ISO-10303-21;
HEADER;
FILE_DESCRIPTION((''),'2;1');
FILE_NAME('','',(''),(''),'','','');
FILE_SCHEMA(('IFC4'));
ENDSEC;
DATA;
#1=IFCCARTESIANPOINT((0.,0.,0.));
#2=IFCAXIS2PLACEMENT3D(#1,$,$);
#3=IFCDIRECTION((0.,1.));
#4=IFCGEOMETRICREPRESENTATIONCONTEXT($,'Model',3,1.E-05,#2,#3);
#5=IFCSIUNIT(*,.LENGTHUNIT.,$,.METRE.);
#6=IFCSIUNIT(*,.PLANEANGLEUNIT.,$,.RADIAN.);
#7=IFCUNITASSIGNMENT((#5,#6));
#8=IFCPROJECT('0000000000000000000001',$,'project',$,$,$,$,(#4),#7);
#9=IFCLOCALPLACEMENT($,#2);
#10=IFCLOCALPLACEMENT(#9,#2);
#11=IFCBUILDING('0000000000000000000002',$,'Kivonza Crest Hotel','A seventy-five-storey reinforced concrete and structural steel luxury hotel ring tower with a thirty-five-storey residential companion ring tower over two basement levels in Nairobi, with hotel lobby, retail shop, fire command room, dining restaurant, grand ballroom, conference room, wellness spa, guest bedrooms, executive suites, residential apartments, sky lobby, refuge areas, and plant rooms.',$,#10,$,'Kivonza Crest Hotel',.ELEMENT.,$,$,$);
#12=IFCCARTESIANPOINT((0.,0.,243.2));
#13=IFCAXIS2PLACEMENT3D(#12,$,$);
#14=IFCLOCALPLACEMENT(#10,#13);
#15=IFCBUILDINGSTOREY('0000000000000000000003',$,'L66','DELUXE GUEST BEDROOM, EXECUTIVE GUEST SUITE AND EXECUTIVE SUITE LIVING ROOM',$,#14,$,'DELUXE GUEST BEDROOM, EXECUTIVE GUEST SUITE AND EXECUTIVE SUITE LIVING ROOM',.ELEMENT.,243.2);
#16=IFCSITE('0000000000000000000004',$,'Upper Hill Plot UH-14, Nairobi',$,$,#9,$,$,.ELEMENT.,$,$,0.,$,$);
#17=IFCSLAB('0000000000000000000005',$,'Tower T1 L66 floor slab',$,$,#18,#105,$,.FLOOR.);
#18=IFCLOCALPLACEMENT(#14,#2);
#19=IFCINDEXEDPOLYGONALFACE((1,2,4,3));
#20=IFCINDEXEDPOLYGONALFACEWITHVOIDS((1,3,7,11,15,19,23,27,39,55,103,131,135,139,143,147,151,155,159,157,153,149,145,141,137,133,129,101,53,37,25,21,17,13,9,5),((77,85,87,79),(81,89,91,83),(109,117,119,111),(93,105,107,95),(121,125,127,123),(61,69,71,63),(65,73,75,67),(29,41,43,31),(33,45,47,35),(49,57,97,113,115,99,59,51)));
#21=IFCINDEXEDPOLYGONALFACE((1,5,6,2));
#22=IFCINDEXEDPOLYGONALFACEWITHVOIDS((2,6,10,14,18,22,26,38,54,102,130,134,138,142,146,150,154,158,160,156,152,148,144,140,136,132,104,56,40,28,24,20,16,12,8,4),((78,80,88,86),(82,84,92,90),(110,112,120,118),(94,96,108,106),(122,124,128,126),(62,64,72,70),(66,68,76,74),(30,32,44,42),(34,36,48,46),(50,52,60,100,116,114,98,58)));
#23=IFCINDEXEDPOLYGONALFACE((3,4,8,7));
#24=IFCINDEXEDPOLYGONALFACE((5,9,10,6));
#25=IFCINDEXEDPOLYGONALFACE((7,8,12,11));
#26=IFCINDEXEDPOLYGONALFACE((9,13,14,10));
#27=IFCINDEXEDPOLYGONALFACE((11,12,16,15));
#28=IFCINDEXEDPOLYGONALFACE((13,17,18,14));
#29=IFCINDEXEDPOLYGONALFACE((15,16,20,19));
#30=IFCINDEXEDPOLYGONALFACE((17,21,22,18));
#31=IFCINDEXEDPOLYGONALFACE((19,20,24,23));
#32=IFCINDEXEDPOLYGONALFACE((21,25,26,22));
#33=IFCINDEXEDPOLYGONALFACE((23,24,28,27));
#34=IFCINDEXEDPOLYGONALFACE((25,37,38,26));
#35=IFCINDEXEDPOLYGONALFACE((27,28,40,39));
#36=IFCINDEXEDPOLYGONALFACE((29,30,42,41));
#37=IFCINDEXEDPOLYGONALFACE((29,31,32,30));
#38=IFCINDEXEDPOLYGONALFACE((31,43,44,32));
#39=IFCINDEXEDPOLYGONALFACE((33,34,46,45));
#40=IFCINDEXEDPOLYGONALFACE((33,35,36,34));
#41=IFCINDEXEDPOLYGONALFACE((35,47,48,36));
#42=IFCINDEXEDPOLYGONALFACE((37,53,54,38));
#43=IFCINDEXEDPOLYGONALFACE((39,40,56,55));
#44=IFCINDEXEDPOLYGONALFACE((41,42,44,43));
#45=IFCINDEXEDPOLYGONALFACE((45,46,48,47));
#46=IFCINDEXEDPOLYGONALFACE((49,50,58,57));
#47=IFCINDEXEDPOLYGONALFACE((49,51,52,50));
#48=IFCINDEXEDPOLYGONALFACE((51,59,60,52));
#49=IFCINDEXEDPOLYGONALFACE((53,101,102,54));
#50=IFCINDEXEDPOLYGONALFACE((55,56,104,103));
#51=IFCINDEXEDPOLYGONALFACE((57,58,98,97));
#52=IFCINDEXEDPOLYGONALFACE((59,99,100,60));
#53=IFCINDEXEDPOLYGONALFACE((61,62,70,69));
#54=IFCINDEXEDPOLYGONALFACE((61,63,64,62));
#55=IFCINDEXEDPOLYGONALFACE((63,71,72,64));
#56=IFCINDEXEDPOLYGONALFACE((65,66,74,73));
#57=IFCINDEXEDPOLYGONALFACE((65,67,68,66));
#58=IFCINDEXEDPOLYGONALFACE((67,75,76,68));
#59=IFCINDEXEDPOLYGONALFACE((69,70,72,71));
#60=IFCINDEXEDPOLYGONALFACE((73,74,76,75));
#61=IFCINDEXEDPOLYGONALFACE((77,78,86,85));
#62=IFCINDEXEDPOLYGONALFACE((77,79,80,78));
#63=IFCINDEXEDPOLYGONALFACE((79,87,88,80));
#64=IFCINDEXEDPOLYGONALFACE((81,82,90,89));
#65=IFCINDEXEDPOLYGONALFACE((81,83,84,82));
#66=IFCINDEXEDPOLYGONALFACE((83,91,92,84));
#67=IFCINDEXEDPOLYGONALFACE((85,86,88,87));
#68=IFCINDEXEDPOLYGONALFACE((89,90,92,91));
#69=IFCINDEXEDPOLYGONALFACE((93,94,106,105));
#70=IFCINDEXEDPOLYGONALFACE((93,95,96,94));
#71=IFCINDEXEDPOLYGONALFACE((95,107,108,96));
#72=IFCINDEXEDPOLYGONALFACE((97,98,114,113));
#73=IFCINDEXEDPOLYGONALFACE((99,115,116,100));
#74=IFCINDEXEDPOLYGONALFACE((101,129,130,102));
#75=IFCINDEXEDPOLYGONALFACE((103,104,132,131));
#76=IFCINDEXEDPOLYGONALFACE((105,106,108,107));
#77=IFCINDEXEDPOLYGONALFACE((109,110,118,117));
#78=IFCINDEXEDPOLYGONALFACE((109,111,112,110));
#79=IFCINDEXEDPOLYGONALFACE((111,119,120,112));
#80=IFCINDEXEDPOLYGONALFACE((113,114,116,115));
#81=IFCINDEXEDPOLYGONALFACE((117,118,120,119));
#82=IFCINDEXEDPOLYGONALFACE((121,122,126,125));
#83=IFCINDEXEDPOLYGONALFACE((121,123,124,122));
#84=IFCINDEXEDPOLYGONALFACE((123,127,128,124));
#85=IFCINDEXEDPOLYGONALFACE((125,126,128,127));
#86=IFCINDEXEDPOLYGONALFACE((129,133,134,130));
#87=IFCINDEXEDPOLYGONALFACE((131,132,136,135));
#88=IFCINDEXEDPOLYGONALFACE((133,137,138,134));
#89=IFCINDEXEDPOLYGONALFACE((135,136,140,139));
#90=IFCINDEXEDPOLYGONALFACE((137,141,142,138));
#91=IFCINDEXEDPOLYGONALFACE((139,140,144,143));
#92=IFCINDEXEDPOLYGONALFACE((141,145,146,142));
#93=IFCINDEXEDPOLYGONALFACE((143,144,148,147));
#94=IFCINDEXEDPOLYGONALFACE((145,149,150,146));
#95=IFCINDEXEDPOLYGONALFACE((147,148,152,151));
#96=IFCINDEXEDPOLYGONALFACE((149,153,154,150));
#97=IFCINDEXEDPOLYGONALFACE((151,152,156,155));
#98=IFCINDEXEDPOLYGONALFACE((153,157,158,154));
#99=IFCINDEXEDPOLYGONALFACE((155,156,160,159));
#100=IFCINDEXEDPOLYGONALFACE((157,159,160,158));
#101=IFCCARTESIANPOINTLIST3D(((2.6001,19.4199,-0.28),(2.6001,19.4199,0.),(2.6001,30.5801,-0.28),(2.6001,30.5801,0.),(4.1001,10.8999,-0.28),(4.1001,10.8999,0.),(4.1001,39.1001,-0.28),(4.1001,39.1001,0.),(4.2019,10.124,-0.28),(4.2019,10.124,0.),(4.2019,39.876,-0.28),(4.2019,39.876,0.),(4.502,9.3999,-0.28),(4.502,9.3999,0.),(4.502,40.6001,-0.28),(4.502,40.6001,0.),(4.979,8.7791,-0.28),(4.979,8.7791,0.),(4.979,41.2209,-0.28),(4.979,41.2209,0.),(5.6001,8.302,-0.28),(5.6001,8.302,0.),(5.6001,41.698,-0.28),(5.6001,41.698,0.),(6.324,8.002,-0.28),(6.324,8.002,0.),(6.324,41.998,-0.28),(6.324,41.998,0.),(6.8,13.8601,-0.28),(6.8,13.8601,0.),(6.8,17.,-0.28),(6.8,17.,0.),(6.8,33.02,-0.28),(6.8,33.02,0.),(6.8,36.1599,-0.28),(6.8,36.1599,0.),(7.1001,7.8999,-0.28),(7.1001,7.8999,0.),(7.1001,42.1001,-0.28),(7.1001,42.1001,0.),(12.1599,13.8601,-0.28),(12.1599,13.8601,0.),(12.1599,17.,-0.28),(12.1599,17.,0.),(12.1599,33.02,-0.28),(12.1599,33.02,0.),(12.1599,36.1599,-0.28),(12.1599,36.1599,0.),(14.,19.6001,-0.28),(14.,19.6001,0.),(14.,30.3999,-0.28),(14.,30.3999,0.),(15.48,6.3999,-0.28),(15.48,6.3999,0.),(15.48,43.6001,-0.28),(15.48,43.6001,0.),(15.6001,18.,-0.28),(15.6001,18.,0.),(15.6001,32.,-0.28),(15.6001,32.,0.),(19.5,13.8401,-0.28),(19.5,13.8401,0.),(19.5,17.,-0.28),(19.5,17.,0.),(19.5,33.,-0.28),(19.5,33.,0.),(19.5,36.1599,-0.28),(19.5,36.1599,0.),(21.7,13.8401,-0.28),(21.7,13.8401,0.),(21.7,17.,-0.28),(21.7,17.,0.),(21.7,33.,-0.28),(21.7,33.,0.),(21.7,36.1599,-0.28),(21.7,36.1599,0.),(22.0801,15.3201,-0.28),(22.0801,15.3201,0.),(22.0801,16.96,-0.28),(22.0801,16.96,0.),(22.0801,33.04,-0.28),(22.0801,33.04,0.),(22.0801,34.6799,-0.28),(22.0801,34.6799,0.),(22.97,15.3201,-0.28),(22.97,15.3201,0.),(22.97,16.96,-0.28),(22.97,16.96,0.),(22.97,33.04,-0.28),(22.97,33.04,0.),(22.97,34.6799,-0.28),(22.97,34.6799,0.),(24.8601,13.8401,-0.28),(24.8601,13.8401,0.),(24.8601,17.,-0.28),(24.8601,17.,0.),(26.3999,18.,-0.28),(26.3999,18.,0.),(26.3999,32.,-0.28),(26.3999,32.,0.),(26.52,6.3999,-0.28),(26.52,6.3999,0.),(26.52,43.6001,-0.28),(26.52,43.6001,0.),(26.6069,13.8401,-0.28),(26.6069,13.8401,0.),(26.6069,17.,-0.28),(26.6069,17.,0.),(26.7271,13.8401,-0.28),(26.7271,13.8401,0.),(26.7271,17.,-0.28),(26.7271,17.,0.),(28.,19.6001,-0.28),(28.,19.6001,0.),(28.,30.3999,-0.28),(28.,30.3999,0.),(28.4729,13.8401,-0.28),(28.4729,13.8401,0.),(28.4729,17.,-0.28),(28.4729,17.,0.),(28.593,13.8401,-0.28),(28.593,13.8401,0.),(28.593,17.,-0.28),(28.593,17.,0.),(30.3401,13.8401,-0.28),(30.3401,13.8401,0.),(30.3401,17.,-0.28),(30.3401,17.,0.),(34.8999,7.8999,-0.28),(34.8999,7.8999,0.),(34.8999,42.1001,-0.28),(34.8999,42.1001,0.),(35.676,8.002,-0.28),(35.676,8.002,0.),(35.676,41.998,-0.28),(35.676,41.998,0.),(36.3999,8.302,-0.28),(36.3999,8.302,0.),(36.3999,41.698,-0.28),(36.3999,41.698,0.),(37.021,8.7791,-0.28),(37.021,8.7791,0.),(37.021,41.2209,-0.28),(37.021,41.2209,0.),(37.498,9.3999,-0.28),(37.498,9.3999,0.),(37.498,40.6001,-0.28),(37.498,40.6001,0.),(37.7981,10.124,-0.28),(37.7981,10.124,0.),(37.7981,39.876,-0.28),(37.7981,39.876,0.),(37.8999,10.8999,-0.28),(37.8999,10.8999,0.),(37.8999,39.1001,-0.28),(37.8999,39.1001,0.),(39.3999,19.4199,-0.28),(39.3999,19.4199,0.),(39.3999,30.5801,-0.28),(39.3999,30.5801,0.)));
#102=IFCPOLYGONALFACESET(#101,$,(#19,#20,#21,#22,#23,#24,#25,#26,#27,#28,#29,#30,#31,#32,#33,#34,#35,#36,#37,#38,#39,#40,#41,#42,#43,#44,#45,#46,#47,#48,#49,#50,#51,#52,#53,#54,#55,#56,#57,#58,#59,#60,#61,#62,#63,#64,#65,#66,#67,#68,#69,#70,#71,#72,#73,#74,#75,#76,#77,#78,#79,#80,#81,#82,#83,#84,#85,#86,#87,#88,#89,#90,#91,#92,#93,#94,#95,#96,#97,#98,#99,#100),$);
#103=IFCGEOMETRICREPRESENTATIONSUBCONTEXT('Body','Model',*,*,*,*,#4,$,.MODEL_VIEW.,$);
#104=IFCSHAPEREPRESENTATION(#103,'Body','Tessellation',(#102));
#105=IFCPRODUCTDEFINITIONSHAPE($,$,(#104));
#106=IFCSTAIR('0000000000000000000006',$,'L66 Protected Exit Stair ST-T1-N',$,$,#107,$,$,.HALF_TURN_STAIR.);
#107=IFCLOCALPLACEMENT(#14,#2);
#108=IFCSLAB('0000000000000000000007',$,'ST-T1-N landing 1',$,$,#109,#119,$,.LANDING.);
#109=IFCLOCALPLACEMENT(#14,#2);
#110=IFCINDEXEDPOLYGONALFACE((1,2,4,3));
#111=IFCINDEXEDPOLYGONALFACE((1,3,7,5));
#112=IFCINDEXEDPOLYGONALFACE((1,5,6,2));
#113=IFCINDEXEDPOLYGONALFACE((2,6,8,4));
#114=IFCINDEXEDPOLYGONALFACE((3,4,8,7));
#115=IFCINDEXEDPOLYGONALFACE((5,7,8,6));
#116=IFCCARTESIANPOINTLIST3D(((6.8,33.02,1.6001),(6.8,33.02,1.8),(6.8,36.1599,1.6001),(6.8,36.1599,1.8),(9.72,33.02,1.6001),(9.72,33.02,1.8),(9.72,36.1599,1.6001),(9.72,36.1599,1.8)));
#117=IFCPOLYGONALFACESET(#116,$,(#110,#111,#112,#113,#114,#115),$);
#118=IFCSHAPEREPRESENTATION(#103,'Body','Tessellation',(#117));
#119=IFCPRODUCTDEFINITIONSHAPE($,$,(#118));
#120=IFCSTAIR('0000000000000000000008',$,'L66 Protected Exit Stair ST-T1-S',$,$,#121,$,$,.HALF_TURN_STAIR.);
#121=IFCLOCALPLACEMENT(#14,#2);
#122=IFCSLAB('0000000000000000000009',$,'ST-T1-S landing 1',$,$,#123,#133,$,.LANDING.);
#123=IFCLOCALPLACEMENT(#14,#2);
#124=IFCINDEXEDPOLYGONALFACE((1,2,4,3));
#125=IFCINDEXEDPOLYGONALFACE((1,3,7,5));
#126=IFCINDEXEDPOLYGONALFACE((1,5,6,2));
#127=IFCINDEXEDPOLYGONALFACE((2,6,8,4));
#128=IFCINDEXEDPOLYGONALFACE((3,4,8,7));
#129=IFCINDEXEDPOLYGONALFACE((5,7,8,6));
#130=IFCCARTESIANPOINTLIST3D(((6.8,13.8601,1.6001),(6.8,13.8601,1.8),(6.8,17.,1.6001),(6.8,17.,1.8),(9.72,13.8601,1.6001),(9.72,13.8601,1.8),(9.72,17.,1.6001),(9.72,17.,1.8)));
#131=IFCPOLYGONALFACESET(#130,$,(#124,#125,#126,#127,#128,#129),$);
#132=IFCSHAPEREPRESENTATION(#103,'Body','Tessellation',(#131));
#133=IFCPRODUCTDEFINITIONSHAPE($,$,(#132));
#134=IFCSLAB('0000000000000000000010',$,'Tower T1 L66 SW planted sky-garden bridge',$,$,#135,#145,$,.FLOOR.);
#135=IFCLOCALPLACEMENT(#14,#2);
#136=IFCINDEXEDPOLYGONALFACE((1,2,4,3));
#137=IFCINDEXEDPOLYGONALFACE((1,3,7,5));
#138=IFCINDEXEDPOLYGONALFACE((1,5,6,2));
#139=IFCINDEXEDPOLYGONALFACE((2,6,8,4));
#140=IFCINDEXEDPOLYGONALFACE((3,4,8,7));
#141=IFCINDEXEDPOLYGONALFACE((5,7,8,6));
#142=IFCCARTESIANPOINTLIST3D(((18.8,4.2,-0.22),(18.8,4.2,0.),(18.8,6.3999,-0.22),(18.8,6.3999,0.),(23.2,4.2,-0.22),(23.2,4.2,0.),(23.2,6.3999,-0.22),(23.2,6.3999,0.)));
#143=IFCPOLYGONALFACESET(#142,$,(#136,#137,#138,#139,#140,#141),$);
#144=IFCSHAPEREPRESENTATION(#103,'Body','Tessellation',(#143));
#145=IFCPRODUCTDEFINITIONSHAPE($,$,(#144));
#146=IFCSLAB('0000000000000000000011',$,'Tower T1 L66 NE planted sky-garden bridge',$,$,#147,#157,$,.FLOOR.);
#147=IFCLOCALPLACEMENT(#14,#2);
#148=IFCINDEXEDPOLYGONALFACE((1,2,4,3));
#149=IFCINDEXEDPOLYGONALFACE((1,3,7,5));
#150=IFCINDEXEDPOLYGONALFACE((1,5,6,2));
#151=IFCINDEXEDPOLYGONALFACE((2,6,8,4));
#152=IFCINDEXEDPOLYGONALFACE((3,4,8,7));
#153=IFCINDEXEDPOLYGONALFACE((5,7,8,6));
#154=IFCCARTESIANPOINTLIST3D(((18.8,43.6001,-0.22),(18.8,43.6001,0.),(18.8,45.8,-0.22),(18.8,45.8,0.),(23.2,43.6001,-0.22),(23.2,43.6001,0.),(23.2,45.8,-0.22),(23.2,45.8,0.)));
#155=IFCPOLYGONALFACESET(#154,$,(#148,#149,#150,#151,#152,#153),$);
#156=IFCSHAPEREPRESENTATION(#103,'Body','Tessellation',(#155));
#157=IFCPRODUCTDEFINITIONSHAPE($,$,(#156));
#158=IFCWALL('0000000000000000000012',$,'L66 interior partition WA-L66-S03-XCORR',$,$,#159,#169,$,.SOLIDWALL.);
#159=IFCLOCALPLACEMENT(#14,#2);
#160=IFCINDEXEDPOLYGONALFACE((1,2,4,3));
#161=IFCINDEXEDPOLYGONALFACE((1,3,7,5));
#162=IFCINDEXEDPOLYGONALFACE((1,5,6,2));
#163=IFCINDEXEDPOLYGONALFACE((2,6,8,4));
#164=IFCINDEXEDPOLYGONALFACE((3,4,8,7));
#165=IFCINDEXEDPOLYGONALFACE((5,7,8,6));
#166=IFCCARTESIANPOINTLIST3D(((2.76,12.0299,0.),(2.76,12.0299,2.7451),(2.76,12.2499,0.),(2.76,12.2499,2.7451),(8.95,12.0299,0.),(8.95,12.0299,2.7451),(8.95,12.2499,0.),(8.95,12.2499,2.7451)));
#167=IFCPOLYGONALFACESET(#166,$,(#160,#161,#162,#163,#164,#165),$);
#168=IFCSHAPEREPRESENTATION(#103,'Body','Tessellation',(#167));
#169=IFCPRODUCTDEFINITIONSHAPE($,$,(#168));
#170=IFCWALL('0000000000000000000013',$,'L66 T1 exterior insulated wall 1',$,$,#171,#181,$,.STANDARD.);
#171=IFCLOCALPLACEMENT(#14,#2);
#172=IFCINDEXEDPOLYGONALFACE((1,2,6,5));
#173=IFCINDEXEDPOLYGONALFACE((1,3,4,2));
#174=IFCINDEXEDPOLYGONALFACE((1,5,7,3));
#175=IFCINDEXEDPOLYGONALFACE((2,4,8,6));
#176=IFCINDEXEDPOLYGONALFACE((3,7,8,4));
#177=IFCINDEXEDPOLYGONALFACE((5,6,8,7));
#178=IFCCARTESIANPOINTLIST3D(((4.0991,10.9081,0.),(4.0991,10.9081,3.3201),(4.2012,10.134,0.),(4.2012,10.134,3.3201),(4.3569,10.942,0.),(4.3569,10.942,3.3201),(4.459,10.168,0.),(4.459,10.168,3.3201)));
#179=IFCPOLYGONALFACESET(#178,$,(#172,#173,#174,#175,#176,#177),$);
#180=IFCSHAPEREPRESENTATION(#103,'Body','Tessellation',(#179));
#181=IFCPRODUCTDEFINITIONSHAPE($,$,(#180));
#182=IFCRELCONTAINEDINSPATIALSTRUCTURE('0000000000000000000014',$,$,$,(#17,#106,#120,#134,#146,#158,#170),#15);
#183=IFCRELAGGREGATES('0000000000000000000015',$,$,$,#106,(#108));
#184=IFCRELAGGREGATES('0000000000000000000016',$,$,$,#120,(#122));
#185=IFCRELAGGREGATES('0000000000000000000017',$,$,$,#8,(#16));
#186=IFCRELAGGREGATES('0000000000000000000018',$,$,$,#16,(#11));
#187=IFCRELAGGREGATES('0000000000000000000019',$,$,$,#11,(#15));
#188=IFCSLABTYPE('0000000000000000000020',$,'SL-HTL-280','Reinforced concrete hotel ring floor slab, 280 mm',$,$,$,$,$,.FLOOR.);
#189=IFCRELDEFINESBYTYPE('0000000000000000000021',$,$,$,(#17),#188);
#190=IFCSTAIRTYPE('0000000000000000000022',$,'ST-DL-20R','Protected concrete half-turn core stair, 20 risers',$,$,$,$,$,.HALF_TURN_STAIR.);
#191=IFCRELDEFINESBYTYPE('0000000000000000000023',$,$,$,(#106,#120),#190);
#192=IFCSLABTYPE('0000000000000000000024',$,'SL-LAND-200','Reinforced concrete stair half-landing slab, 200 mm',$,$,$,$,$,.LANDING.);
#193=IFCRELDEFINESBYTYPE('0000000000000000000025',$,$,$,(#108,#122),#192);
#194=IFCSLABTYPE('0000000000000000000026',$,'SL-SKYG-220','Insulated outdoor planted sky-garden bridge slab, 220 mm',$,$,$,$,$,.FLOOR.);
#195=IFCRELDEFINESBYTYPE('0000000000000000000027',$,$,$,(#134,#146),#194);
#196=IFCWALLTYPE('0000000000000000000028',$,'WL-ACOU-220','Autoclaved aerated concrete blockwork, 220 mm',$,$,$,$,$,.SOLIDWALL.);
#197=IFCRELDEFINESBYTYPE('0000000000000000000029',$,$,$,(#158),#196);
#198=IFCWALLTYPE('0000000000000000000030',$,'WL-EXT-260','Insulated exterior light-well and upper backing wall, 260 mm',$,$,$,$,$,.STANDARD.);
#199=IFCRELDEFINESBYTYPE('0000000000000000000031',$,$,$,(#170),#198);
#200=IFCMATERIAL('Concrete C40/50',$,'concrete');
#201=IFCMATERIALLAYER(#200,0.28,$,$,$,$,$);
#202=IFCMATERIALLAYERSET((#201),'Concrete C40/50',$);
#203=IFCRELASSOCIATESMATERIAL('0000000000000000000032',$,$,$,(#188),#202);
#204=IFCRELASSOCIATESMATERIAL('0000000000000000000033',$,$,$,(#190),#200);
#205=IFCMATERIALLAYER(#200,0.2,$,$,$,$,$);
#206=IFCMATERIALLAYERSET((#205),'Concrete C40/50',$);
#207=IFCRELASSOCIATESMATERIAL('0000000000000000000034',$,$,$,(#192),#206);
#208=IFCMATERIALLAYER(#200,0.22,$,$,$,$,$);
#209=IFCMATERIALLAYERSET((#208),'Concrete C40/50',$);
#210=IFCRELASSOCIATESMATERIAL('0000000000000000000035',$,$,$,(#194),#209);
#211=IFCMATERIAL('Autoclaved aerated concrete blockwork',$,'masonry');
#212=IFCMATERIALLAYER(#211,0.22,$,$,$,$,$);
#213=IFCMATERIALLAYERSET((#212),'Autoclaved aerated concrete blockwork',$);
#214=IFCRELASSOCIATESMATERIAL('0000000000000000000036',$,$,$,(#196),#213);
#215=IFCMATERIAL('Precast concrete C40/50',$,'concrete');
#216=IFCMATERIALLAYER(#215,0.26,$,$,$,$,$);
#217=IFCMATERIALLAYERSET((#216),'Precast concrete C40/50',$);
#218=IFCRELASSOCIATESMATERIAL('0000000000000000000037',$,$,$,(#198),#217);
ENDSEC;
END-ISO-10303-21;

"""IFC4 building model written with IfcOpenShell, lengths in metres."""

from ifc_helpers import new_model, si_unit, direction, frame, frame_2d, origin, place, context, subcontext, project, spatial, polyline, rectangle, outline, extrude, material, layer, layer_set, type_object, element, aggregate, save


model = new_model("IFC4")

# Units and contexts
model_context = context("Model", 3, precision=1e-05, world=origin(), true_north=direction((0.0, 1.0)))
body_context = subcontext(model_context, "Body", "Model", "MODEL_VIEW")
ifc_project = project(units=[si_unit("LENGTHUNIT", "METRE"), si_unit("PLANEANGLEUNIT", "RADIAN")], contexts=[model_context])

# Site, building, storey
site_placement = place(None, origin())
site = spatial("IfcSite", under=ifc_project, at=site_placement, Name="Upper Hill Plot UH-14, Nairobi", CompositionType="ELEMENT", RefElevation=0.0)
building_placement = place(site_placement, origin())
building = spatial("IfcBuilding", under=site, at=building_placement, Name="Kivonza Crest Hotel", Description="A seventy-five-storey reinforced concrete and structural steel luxury hotel ring tower with a thirty-five-storey residential companion ring tower over two basement levels in Nairobi, with hotel lobby, retail shop, fire command room, dining restaurant, grand ballroom, conference room, wellness spa, guest bedrooms, executive suites, residential apartments, sky lobby, refuge areas, and plant rooms.", LongName="Kivonza Crest Hotel", CompositionType="ELEMENT")
storey_placement = place(building_placement, frame((0.0, 0.0, 243.2)))
storey = spatial("IfcBuildingStorey", under=building, at=storey_placement, Name="L66", Description="DELUXE GUEST BEDROOM, EXECUTIVE GUEST SUITE AND EXECUTIVE SUITE LIVING ROOM", LongName="DELUXE GUEST BEDROOM, EXECUTIVE GUEST SUITE AND EXECUTIVE SUITE LIVING ROOM", CompositionType="ELEMENT", Elevation=243.2)

# Slab
ifc_material_1 = material(Name="Concrete C40/50", Category="concrete")
ifc_layer_1 = layer(ifc_material_1, 0.28)
ifc_layer_set_1 = layer_set([ifc_layer_1], Name="Concrete C40/50")
slab_type_1 = type_object("IfcSlabType", Name="SL-HTL-280", Description="Reinforced concrete hotel ring floor slab, 280 mm", PredefinedType="FLOOR", material=ifc_layer_set_1)
slab_1_placement = place(storey_placement, frame((0.0, 0.0, -0.28)))
element("IfcSlab", 1, at=slab_1_placement, inside=storey, type_object=slab_type_1, Name="Tower T1 L66 floor slab", PredefinedType="FLOOR", context=body_context, shape_type="SweptSolid", body=[
    extrude(outline(polyline([(4.1001, 10.8999), (4.2019, 10.124), (4.502, 9.3999), (4.979, 8.7791), (5.6001, 8.302), (6.324, 8.002), (7.1001, 7.8999), (15.48, 6.3999), (26.52, 6.3999), (34.8999, 7.8999), (35.676, 8.002), (36.3999, 8.302), (37.021, 8.7791), (37.498, 9.3999), (37.7981, 10.124), (37.8999, 10.8999), (39.3999, 19.4199), (39.3999, 30.5801), (37.8999, 39.1001), (37.7981, 39.876), (37.498, 40.6001), (37.021, 41.2209), (36.3999, 41.698), (35.676, 41.998), (34.8999, 42.1001), (26.52, 43.6001), (15.48, 43.6001), (7.1001, 42.1001), (6.324, 41.998), (5.6001, 41.698), (4.979, 41.2209), (4.502, 40.6001), (4.2019, 39.876), (4.1001, 39.1001), (2.6001, 30.5801), (2.6001, 19.4199), (4.1001, 10.8999)]), holes=[polyline([(15.6001, 18.0), (26.3999, 18.0), (28.0, 19.6001), (28.0, 30.3999), (26.3999, 32.0), (15.6001, 32.0), (14.0, 30.3999), (14.0, 19.6001), (15.6001, 18.0)]), polyline([(6.8, 33.02), (12.1599, 33.02), (12.1599, 36.1599), (6.8, 36.1599), (6.8, 33.02)]), polyline([(6.8, 13.8601), (12.1599, 13.8601), (12.1599, 17.0), (6.8, 17.0), (6.8, 13.8601)]), polyline([(22.0801, 33.04), (22.97, 33.04), (22.97, 34.6799), (22.0801, 34.6799), (22.0801, 33.04)]), polyline([(22.0801, 15.3201), (22.97, 15.3201), (22.97, 16.96), (22.0801, 16.96), (22.0801, 15.3201)]), polyline([(19.5, 33.0), (21.7, 33.0), (21.7, 36.1599), (19.5, 36.1599), (19.5, 33.0)]), polyline([(19.5, 13.8401), (21.7, 13.8401), (21.7, 17.0), (19.5, 17.0), (19.5, 13.8401)]), polyline([(24.8601, 13.8401), (26.6069, 13.8401), (26.6069, 17.0), (24.8601, 17.0), (24.8601, 13.8401)]), polyline([(26.7271, 13.8401), (28.4729, 13.8401), (28.4729, 17.0), (26.7271, 17.0), (26.7271, 13.8401)]), polyline([(28.593, 13.8401), (30.3401, 13.8401), (30.3401, 17.0), (28.593, 17.0), (28.593, 13.8401)])]), origin(), (0.0, 0.0, 1.0), 0.28),
])

# Stairs, slabs
stair_type = type_object("IfcStairType", Name="ST-DL-20R", Description="Protected concrete half-turn core stair, 20 risers", PredefinedType="HALF_TURN_STAIR", material=ifc_material_1)
stair_1_placement = place(storey_placement, origin())
stair_1 = element("IfcStair", 2, at=stair_1_placement, inside=storey, type_object=stair_type, Name="L66 Protected Exit Stair ST-T1-N", PredefinedType="HALF_TURN_STAIR")
ifc_layer_2 = layer(ifc_material_1, 0.2)
ifc_layer_set_2 = layer_set([ifc_layer_2], Name="Concrete C40/50")
slab_type_2 = type_object("IfcSlabType", Name="SL-LAND-200", Description="Reinforced concrete stair half-landing slab, 200 mm", PredefinedType="LANDING", material=ifc_layer_set_2)
slab_2_placement = place(storey_placement, frame((0.0, 0.0, 1.6001)))
slab_2 = element("IfcSlab", 3, at=slab_2_placement, type_object=slab_type_2, Name="ST-T1-N landing 1", PredefinedType="LANDING", context=body_context, shape_type="SweptSolid", body=[
    extrude(outline(polyline([(9.72, 36.1599), (6.8, 36.1599), (6.8, 33.02), (9.72, 33.02), (9.72, 36.1599)])), origin(), (0.0, 0.0, 1.0), 0.2),
])
aggregate(stair_1, [slab_2])
stair_2_placement = place(storey_placement, origin())
stair_2 = element("IfcStair", 4, at=stair_2_placement, inside=storey, type_object=stair_type, Name="L66 Protected Exit Stair ST-T1-S", PredefinedType="HALF_TURN_STAIR")
slab_3_placement = place(storey_placement, frame((0.0, 0.0, 1.6001)))
slab_3 = element("IfcSlab", 5, at=slab_3_placement, type_object=slab_type_2, Name="ST-T1-S landing 1", PredefinedType="LANDING", context=body_context, shape_type="SweptSolid", body=[
    extrude(outline(polyline([(9.72, 17.0), (6.8, 17.0), (6.8, 13.8601), (9.72, 13.8601), (9.72, 17.0)])), origin(), (0.0, 0.0, 1.0), 0.2),
])
aggregate(stair_2, [slab_3])

# Slabs
ifc_layer_3 = layer(ifc_material_1, 0.22)
ifc_layer_set_3 = layer_set([ifc_layer_3], Name="Concrete C40/50")
slab_type_3 = type_object("IfcSlabType", Name="SL-SKYG-220", Description="Insulated outdoor planted sky-garden bridge slab, 220 mm", PredefinedType="FLOOR", material=ifc_layer_set_3)
slab_4_placement = place(storey_placement, frame((0.0, 0.0, -0.22)))
element("IfcSlab", 6, at=slab_4_placement, inside=storey, type_object=slab_type_3, Name="Tower T1 L66 SW planted sky-garden bridge", PredefinedType="FLOOR", context=body_context, shape_type="SweptSolid", body=[
    extrude(outline(polyline([(18.8, 4.2), (23.2, 4.2), (23.2, 6.3999), (18.8, 6.3999), (18.8, 4.2)])), origin(), (0.0, 0.0, 1.0), 0.22),
])
slab_5_placement = place(storey_placement, frame((0.0, 0.0, -0.22)))
element("IfcSlab", 7, at=slab_5_placement, inside=storey, type_object=slab_type_3, Name="Tower T1 L66 NE planted sky-garden bridge", PredefinedType="FLOOR", context=body_context, shape_type="SweptSolid", body=[
    extrude(outline(polyline([(18.8, 43.6001), (23.2, 43.6001), (23.2, 45.8), (18.8, 45.8), (18.8, 43.6001)])), origin(), (0.0, 0.0, 1.0), 0.22),
])

# Walls
ifc_material_2 = material(Name="Autoclaved aerated concrete blockwork", Category="masonry")
ifc_layer_4 = layer(ifc_material_2, 0.22)
ifc_layer_set_4 = layer_set([ifc_layer_4], Name="Autoclaved aerated concrete blockwork")
wall_type_1 = type_object("IfcWallType", Name="WL-ACOU-220", Description="Autoclaved aerated concrete blockwork, 220 mm", PredefinedType="SOLIDWALL", material=ifc_layer_set_4)
wall_1_placement = place(storey_placement, frame((2.76, 12.1399, 0.0), z_axis=(0.0, 0.0, 1.0), x_axis=(1.0, 0.0, 0.0)))
element("IfcWall", 8, at=wall_1_placement, inside=storey, type_object=wall_type_1, Name="L66 interior partition WA-L66-S03-XCORR", PredefinedType="SOLIDWALL", context=body_context, shape_type="SweptSolid", body=[
    extrude(rectangle(XDim=6.1899, YDim=0.22, at=frame_2d((3.095, 0.0))), origin(), (0.0, 0.0, 1.0), 2.7451),
])
ifc_material_3 = material(Name="Precast concrete C40/50", Category="concrete")
ifc_layer_5 = layer(ifc_material_3, 0.26)
ifc_layer_set_5 = layer_set([ifc_layer_5], Name="Precast concrete C40/50")
wall_type_2 = type_object("IfcWallType", Name="WL-EXT-260", Description="Insulated exterior light-well and upper backing wall, 260 mm", PredefinedType="STANDARD", material=ifc_layer_set_5)
wall_2_placement = place(storey_placement, frame((4.228, 10.925, 0.0), z_axis=(0.0, 0.0, 1.0), x_axis=(0.130689, -0.991423, 0.0)))
element("IfcWall", 9, at=wall_2_placement, inside=storey, type_object=wall_type_2, Name="L66 T1 exterior insulated wall 1", PredefinedType="STANDARD", context=body_context, shape_type="SweptSolid", body=[
    extrude(rectangle(XDim=0.7808, YDim=0.26, at=frame_2d((0.3904, 0.0))), origin(), (0.0, 0.0, 1.0), 3.3201),
])

save(model, "model.ifc")
